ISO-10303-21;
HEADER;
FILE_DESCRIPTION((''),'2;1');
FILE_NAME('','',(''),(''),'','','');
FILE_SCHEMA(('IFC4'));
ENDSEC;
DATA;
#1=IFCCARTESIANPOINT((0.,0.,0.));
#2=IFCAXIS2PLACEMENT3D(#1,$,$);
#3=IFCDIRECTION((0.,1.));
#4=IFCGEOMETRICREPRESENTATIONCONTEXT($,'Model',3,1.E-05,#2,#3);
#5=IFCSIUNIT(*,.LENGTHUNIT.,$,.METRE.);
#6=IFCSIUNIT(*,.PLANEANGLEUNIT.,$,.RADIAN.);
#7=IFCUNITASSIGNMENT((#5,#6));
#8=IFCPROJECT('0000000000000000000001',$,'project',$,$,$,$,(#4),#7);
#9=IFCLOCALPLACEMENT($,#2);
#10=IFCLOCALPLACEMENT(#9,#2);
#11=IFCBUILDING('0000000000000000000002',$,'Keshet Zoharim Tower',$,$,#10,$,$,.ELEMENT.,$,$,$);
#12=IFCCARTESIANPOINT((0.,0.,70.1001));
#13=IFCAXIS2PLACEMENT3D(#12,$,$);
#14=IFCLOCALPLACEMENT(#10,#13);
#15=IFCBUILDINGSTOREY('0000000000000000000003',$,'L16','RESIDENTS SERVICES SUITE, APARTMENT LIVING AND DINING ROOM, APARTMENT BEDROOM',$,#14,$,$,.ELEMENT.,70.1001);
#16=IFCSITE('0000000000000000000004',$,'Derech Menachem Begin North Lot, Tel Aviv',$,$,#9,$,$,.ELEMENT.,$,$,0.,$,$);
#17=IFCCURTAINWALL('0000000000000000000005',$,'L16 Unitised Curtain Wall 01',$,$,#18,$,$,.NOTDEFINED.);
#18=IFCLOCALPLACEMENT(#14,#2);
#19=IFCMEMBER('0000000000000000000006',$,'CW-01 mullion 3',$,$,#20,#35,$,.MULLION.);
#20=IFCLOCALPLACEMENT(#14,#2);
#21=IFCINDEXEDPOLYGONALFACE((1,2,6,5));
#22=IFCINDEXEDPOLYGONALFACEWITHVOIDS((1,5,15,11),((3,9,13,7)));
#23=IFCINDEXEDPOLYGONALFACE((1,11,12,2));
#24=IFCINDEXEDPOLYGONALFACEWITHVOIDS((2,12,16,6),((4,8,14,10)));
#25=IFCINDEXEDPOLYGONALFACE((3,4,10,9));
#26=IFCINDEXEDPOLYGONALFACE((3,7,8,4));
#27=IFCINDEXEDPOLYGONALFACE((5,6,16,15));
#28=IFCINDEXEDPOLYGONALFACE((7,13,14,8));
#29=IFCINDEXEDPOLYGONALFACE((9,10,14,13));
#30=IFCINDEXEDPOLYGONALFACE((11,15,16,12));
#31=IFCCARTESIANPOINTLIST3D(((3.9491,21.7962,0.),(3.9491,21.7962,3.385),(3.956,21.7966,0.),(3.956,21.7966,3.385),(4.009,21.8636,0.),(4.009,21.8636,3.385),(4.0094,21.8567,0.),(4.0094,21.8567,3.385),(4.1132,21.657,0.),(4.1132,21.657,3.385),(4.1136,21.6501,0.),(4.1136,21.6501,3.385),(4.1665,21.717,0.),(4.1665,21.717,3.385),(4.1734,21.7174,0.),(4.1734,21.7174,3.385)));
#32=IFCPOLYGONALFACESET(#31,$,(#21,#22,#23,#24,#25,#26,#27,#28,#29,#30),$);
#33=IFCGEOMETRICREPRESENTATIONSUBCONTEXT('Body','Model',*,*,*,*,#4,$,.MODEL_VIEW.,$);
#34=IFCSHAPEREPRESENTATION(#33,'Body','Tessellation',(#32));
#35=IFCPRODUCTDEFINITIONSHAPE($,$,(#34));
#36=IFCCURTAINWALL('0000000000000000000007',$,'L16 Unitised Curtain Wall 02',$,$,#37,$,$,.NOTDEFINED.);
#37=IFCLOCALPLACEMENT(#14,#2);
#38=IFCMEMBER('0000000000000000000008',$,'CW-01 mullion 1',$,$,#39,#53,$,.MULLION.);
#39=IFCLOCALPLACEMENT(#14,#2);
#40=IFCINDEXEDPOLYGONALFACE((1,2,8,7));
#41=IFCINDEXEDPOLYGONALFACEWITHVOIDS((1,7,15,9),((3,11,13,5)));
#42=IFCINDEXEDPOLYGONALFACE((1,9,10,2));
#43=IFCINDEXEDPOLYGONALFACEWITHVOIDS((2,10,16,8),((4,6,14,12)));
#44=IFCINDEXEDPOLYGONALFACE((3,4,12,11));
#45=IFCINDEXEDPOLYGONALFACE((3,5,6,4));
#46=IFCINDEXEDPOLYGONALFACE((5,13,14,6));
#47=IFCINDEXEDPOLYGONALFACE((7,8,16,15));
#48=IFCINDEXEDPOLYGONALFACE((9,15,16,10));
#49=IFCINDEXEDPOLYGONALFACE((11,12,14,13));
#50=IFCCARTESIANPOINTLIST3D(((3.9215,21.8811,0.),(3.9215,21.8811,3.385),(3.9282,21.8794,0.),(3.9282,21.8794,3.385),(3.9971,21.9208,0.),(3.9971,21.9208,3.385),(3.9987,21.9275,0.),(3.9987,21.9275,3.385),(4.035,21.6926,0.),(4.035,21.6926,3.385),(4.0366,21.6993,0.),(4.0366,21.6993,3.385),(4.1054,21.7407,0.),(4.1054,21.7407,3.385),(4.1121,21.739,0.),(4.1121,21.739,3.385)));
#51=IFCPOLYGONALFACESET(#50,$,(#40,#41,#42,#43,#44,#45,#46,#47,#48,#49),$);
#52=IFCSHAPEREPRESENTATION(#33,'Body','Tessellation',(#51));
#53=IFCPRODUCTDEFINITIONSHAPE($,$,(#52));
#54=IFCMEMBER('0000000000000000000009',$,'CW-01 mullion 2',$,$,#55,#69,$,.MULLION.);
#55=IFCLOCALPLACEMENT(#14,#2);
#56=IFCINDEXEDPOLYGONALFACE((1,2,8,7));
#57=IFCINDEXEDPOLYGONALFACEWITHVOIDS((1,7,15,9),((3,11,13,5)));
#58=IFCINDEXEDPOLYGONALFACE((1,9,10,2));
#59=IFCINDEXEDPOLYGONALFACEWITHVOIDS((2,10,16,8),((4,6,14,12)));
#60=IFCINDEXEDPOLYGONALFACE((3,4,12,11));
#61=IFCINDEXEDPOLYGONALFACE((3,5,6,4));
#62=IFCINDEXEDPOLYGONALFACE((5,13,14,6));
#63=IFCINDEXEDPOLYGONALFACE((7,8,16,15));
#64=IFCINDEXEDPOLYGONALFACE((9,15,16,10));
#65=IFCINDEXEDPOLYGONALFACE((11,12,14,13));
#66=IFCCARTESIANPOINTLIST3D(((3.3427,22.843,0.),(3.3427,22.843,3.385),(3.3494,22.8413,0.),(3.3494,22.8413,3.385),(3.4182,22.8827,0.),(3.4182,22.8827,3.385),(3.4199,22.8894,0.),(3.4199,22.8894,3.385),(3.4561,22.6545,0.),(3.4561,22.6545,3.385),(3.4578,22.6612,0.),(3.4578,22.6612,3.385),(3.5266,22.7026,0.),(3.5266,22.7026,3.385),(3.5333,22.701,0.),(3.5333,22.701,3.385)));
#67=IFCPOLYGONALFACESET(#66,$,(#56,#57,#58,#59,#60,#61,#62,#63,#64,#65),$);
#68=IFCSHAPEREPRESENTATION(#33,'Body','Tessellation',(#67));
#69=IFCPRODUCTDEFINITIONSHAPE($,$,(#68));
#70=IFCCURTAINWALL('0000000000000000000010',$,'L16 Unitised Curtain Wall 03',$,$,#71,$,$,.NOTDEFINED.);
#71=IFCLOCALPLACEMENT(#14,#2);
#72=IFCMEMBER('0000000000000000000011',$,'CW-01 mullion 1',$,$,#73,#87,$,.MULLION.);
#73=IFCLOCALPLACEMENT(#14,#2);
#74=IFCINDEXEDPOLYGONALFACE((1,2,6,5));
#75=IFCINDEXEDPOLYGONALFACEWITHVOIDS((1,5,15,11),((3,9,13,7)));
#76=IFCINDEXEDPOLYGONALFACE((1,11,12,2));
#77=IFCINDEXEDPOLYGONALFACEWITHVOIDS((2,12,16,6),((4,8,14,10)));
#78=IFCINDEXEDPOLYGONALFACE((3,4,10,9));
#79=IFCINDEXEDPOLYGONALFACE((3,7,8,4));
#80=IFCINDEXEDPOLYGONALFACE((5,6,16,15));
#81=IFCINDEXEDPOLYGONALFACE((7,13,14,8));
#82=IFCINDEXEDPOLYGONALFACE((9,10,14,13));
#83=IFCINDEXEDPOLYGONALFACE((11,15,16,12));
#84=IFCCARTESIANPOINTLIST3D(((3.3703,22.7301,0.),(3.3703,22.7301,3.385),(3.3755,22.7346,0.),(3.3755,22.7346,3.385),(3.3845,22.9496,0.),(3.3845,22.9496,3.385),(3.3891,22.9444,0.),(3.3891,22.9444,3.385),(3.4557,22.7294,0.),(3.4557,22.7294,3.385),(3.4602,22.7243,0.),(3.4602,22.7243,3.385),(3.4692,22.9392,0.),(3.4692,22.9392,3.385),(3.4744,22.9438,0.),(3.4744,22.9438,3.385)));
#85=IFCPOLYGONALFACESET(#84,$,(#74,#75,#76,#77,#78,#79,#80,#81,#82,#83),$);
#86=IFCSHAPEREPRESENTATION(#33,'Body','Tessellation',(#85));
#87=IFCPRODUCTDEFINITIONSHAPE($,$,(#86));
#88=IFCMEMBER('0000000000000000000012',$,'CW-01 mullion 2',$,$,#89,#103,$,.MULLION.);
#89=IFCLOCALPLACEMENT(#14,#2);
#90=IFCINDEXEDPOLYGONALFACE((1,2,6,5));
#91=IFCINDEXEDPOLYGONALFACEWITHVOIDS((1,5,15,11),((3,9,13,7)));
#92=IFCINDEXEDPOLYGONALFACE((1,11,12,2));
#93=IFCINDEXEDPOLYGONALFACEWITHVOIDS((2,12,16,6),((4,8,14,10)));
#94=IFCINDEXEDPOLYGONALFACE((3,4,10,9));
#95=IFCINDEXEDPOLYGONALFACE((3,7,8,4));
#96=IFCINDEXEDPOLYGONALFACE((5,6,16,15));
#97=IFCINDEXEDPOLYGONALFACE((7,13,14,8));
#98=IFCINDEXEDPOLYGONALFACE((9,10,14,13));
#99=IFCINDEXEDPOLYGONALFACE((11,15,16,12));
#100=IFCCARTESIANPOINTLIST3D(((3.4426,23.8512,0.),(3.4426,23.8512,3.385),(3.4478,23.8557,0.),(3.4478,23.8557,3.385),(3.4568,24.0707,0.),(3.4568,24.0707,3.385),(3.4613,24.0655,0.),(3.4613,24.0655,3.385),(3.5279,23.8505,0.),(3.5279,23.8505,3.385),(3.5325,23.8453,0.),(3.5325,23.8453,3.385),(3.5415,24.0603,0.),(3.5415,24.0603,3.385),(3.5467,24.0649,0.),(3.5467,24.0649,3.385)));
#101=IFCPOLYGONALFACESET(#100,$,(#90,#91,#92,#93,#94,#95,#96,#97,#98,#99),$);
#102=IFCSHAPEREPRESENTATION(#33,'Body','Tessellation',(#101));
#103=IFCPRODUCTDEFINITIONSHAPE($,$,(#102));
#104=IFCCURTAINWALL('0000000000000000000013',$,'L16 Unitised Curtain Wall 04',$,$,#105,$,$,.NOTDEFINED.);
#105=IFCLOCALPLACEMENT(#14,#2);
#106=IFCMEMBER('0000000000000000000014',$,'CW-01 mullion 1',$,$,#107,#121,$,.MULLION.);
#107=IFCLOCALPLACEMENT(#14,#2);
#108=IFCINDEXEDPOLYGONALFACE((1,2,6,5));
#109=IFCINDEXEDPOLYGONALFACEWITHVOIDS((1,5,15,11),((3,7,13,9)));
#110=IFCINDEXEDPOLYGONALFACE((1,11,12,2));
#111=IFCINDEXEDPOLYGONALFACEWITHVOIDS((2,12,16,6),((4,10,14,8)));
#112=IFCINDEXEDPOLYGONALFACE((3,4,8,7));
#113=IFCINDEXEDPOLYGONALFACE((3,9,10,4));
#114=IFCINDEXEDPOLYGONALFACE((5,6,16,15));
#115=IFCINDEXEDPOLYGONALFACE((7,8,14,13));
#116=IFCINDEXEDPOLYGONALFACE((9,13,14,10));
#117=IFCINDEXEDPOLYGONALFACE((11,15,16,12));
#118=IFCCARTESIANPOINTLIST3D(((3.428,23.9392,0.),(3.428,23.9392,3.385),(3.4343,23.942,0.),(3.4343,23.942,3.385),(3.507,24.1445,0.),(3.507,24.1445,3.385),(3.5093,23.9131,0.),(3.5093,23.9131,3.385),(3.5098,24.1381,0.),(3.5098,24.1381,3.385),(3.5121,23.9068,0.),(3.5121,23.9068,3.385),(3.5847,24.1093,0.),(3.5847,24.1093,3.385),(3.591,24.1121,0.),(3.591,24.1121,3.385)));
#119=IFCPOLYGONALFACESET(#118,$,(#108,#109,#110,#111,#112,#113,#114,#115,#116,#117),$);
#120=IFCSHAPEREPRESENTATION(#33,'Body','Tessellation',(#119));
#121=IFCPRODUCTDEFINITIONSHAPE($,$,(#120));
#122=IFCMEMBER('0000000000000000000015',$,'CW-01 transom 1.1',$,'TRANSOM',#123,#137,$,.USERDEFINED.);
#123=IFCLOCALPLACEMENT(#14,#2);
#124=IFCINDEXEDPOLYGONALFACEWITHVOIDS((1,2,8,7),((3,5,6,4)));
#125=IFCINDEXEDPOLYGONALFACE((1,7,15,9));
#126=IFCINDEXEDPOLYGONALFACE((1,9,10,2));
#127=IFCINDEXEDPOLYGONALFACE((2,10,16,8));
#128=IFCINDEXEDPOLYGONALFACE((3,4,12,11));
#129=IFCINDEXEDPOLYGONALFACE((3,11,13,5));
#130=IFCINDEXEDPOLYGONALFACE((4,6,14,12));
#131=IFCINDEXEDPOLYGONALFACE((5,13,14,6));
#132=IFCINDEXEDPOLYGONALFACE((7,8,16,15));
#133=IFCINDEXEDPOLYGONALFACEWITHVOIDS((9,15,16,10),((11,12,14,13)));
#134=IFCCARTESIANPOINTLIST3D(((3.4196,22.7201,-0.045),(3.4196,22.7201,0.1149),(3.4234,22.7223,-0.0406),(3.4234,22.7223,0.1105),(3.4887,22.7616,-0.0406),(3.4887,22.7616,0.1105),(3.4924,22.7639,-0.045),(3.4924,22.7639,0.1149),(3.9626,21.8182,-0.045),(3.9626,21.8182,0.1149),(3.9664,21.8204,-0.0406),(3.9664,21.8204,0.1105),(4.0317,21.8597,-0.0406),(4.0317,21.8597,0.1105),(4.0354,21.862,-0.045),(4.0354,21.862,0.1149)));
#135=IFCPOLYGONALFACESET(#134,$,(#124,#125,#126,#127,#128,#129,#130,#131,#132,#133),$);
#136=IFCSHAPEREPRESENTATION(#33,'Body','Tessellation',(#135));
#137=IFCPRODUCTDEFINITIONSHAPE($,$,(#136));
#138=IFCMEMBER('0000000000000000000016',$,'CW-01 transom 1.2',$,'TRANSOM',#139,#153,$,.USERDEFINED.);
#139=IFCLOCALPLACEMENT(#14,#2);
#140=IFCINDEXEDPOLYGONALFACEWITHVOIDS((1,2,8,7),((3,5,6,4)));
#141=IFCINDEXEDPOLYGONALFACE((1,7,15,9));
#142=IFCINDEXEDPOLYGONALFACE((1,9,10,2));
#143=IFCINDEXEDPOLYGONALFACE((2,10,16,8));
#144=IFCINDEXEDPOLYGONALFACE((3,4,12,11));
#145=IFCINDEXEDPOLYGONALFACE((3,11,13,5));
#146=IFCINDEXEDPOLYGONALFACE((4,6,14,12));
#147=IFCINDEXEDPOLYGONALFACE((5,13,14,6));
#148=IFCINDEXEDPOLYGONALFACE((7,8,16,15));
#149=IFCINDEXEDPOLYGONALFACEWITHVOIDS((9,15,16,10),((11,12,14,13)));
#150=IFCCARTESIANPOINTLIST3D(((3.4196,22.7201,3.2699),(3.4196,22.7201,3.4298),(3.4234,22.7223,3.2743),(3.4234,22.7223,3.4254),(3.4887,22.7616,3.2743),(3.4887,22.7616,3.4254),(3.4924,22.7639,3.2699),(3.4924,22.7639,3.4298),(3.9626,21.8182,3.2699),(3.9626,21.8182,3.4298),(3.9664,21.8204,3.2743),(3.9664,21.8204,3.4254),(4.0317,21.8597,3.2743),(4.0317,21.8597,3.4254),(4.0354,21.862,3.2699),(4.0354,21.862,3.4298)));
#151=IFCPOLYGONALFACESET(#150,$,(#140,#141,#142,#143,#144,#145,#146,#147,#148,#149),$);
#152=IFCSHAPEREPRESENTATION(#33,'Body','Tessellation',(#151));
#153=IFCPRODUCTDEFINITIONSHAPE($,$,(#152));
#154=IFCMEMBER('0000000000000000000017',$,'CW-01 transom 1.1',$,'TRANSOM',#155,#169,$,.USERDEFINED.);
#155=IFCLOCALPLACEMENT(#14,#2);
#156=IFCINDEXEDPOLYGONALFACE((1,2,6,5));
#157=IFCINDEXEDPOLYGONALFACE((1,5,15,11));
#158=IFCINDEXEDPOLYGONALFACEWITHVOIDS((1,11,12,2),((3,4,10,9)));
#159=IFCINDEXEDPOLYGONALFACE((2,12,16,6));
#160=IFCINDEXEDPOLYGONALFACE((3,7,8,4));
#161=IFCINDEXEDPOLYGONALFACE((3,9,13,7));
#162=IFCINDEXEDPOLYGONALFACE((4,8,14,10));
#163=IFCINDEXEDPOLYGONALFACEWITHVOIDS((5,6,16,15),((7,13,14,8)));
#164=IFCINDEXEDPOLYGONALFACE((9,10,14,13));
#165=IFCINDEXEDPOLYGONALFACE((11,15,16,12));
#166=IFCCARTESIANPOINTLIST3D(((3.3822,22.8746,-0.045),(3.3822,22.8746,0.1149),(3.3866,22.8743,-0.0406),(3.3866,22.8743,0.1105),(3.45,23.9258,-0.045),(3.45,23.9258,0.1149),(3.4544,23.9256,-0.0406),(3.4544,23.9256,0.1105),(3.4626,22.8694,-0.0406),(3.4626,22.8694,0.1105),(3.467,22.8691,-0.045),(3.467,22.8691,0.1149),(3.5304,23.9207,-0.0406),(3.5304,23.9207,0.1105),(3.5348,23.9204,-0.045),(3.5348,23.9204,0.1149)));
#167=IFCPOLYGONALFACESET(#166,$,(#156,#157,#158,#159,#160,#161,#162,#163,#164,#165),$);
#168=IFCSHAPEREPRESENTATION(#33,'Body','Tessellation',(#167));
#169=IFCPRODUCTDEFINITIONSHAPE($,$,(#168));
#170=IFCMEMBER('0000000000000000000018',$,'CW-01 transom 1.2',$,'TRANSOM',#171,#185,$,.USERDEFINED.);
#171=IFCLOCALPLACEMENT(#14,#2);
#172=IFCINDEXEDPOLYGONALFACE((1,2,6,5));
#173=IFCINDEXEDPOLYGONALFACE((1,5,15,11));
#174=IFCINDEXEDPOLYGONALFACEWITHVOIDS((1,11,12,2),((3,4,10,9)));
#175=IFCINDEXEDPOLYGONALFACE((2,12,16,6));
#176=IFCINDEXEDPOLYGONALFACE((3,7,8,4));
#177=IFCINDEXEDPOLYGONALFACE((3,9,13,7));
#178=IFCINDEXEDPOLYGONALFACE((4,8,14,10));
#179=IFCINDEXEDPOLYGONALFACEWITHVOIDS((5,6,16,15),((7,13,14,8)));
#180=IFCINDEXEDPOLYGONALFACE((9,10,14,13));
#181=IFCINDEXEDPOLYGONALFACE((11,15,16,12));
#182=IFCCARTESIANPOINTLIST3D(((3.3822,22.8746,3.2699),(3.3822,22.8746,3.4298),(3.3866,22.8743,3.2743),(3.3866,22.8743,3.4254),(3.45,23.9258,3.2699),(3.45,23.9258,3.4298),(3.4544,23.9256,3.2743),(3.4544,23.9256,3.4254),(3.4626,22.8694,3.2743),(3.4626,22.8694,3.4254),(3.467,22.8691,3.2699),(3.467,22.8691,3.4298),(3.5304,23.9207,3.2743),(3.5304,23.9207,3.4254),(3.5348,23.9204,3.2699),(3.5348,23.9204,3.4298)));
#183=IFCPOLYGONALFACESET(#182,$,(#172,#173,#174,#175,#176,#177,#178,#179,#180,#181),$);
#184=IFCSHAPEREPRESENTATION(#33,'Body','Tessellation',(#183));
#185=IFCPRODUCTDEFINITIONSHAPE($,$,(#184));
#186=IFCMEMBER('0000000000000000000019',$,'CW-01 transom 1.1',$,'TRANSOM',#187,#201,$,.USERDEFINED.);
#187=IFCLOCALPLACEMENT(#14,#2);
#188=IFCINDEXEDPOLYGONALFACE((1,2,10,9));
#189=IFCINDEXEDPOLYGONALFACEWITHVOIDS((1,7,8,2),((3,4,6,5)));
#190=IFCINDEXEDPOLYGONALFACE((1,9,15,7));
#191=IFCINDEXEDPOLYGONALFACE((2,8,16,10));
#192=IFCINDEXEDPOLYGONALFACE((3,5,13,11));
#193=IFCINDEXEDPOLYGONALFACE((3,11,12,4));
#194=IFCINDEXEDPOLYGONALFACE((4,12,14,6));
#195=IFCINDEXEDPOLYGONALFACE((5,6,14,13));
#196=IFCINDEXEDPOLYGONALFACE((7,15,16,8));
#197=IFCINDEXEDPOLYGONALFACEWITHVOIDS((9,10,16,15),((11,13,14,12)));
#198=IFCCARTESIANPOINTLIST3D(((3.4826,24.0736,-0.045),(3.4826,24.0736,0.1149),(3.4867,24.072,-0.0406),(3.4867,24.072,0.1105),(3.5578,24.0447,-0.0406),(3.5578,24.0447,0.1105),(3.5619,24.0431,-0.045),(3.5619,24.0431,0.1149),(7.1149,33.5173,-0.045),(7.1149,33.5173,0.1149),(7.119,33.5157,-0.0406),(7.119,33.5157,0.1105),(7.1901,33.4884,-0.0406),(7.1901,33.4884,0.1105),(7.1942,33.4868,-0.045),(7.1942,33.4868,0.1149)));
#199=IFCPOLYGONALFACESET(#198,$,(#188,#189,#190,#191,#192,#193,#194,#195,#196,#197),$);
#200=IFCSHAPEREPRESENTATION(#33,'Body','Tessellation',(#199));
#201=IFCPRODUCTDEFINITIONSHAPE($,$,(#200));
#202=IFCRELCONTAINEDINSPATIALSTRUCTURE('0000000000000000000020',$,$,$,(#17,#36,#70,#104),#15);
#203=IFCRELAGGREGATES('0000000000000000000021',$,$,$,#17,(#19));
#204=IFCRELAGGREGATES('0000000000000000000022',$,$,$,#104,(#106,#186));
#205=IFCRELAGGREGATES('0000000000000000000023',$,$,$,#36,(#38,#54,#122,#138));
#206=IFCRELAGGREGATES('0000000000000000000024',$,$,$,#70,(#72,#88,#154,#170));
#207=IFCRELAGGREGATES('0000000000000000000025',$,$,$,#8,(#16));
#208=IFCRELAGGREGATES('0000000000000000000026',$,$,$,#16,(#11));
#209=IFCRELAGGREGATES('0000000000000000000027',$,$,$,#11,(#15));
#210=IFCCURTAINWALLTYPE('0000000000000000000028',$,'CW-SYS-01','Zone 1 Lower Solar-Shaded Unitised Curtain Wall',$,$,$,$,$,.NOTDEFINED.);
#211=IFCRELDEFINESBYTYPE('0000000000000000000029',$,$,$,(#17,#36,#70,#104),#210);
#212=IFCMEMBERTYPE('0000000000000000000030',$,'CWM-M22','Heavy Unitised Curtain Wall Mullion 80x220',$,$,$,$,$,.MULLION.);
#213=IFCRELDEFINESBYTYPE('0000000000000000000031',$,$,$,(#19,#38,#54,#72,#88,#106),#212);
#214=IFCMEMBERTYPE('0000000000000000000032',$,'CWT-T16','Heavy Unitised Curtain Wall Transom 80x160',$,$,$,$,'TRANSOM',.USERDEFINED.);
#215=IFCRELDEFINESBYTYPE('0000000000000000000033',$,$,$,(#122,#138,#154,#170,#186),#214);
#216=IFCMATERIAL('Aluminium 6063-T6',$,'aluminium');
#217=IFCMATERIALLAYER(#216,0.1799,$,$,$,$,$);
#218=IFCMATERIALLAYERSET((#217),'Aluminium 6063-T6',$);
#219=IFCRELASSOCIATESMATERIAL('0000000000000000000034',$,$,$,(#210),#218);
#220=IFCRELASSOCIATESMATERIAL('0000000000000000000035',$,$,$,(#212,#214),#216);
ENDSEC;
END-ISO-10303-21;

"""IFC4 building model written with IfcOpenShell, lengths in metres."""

from ifc_helpers import new_model, si_unit, direction, frame, origin, origin_2d, place, context, subcontext, project, spatial, hollow_rectangle, extrude, material, layer, layer_set, material_profile, profile_set, type_object, element, aggregate, save


model = new_model("IFC4")

# Units and contexts
model_context = context("Model", 3, precision=1e-05, world=origin(), true_north=direction((0.0, 1.0)))
body_context = subcontext(model_context, "Body", "Model", "MODEL_VIEW")
ifc_project = project(units=[si_unit("LENGTHUNIT", "METRE"), si_unit("PLANEANGLEUNIT", "RADIAN")], contexts=[model_context])

# Site, building, storey
site_placement = place(None, origin())
site = spatial("IfcSite", under=ifc_project, at=site_placement, Name="Derech Menachem Begin North Lot, Tel Aviv", CompositionType="ELEMENT", RefElevation=0.0)
building_placement = place(site_placement, origin())
building = spatial("IfcBuilding", under=site, at=building_placement, Name="Keshet Zoharim Tower", CompositionType="ELEMENT")
storey_placement = place(building_placement, frame((0.0, 0.0, 70.1001)))
storey = spatial("IfcBuildingStorey", under=building, at=storey_placement, Name="L16", Description="RESIDENTS SERVICES SUITE, APARTMENT LIVING AND DINING ROOM, APARTMENT BEDROOM", CompositionType="ELEMENT", Elevation=70.1001)

# Curtain wall, member
ifc_material_1 = material(Name="Aluminium 6063-T6", Category="aluminium")
ifc_layer_1 = layer(ifc_material_1, 0.1799)
ifc_layer_set_1 = layer_set([ifc_layer_1], Name="Aluminium 6063-T6")
curtain_wall_type = type_object("IfcCurtainWallType", Name="CW-SYS-01", Description="Zone 1 Lower Solar-Shaded Unitised Curtain Wall", PredefinedType="NOTDEFINED", material=ifc_layer_set_1)
curtain_wall_1_placement = place(storey_placement, origin())
curtain_wall_1 = element("IfcCurtainWall", 1, at=curtain_wall_1_placement, inside=storey, type_object=curtain_wall_type, Name="L16 Unitised Curtain Wall 01", PredefinedType="NOTDEFINED")
ifc_material_profile_1 = material_profile(ifc_material_1, hollow_rectangle(XDim=0.0901, YDim=0.22, WallThickness=0.0049, at=origin_2d()), Name="MUL-90x220")
ifc_profile_set_1 = profile_set([ifc_material_profile_1], Name="Aluminium 6063-T6")
member_type_1 = type_object("IfcMemberType", Name="CWM-M22", Description="Heavy Unitised Curtain Wall Mullion 80x220", PredefinedType="MULLION", material=ifc_profile_set_1)
member_1_placement = place(storey_placement, frame((4.0613, 21.7568, 0.0), z_axis=(0.0, 0.0, 1.0), x_axis=(-0.664364, -0.747409, 0.0)))
member_1 = element("IfcMember", 2, at=member_1_placement, type_object=member_type_1, Name="CW-01 mullion 3", PredefinedType="MULLION", context=body_context, shape_type="SweptSolid", body=[
    extrude(hollow_rectangle(XDim=0.0901, YDim=0.22, WallThickness=0.0049, at=origin_2d()), origin(), (0.0, 0.0, 1.0), 3.385),
])
aggregate(curtain_wall_1, [member_1])

# Curtain walls, members
curtain_wall_2_placement = place(storey_placement, origin())
curtain_wall_2 = element("IfcCurtainWall", 3, at=curtain_wall_2_placement, inside=storey, type_object=curtain_wall_type, Name="L16 Unitised Curtain Wall 02", PredefinedType="NOTDEFINED")
member_2_placement = place(storey_placement, frame((4.0168, 21.8101, 0.0), z_axis=(0.0, 0.0, 1.0), x_axis=(-0.856826, -0.515605, 0.0)))
member_2 = element("IfcMember", 4, at=member_2_placement, type_object=member_type_1, Name="CW-01 mullion 1", PredefinedType="MULLION", context=body_context, shape_type="SweptSolid", body=[
    extrude(hollow_rectangle(XDim=0.0901, YDim=0.22, WallThickness=0.0049, at=origin_2d()), origin(), (0.0, 0.0, 1.0), 3.385),
])
member_3_placement = place(storey_placement, frame((3.438, 22.772, 0.0), z_axis=(0.0, 0.0, 1.0), x_axis=(-0.856826, -0.515605, 0.0)))
member_3 = element("IfcMember", 5, at=member_3_placement, type_object=member_type_1, Name="CW-01 mullion 2", PredefinedType="MULLION", context=body_context, shape_type="SweptSolid", body=[
    extrude(hollow_rectangle(XDim=0.0901, YDim=0.22, WallThickness=0.0049, at=origin_2d()), origin(), (0.0, 0.0, 1.0), 3.385),
])
curtain_wall_3_placement = place(storey_placement, origin())
curtain_wall_3 = element("IfcCurtainWall", 6, at=curtain_wall_3_placement, inside=storey, type_object=curtain_wall_type, Name="L16 Unitised Curtain Wall 03", PredefinedType="NOTDEFINED")
member_4_placement = place(storey_placement, frame((3.4224, 22.8369, 0.0), z_axis=(0.0, 0.0, 1.0), x_axis=(-0.997917, 0.064517, 0.0)))
member_4 = element("IfcMember", 7, at=member_4_placement, type_object=member_type_1, Name="CW-01 mullion 1", PredefinedType="MULLION", context=body_context, shape_type="SweptSolid", body=[
    extrude(hollow_rectangle(XDim=0.0901, YDim=0.22, WallThickness=0.0049, at=origin_2d()), origin(), (0.0, 0.0, 1.0), 3.385),
])
member_5_placement = place(storey_placement, frame((3.4946, 23.958, 0.0), z_axis=(0.0, 0.0, 1.0), x_axis=(-0.997917, 0.064517, 0.0)))
member_5 = element("IfcMember", 8, at=member_5_placement, type_object=member_type_1, Name="CW-01 mullion 2", PredefinedType="MULLION", context=body_context, shape_type="SweptSolid", body=[
    extrude(hollow_rectangle(XDim=0.0901, YDim=0.22, WallThickness=0.0049, at=origin_2d()), origin(), (0.0, 0.0, 1.0), 3.385),
])

# Curtain wall, member
curtain_wall_4_placement = place(storey_placement, origin())
curtain_wall_4 = element("IfcCurtainWall", 9, at=curtain_wall_4_placement, inside=storey, type_object=curtain_wall_type, Name="L16 Unitised Curtain Wall 04", PredefinedType="NOTDEFINED")
member_6_placement = place(storey_placement, frame((3.5095, 24.0256, 0.0), z_axis=(0.0, 0.0, 1.0), x_axis=(-0.933341, 0.35899, 0.0)))
member_6 = element("IfcMember", 10, at=member_6_placement, type_object=member_type_1, Name="CW-01 mullion 1", PredefinedType="MULLION", context=body_context, shape_type="SweptSolid", body=[
    extrude(hollow_rectangle(XDim=0.0901, YDim=0.22, WallThickness=0.0049, at=origin_2d()), origin(), (0.0, 0.0, 1.0), 3.385),
])

# Members
ifc_material_profile_2 = material_profile(ifc_material_1, hollow_rectangle(XDim=0.085, YDim=0.1599, WallThickness=0.0044, at=origin_2d()), Name="TRN-85x160")
ifc_profile_set_2 = profile_set([ifc_material_profile_2], Name="Aluminium 6063-T6")
member_type_2 = type_object("IfcMemberType", Name="CWT-T16", Description="Heavy Unitised Curtain Wall Transom 80x160", ElementType="TRANSOM", PredefinedType="USERDEFINED", material=ifc_profile_set_2)
member_7_placement = place(storey_placement, frame((3.999, 21.8401, 0.0349), z_axis=(-0.515791, 0.856714, 0.0), x_axis=(-0.856714, -0.515791, 0.0)))
member_7 = element("IfcMember", 11, at=member_7_placement, type_object=member_type_2, Name="CW-01 transom 1.1", ObjectType="TRANSOM", PredefinedType="USERDEFINED", context=body_context, shape_type="SweptSolid", body=[
    extrude(hollow_rectangle(XDim=0.085, YDim=0.1599, WallThickness=0.0044, at=origin_2d()), origin(), (0.0, 0.0, 1.0), 1.0527),
])
member_8_placement = place(storey_placement, frame((3.999, 21.8401, 3.3499), z_axis=(-0.515791, 0.856714, 0.0), x_axis=(-0.856714, -0.515791, 0.0)))
member_8 = element("IfcMember", 12, at=member_8_placement, type_object=member_type_2, Name="CW-01 transom 1.2", ObjectType="TRANSOM", PredefinedType="USERDEFINED", context=body_context, shape_type="SweptSolid", body=[
    extrude(hollow_rectangle(XDim=0.085, YDim=0.1599, WallThickness=0.0044, at=origin_2d()), origin(), (0.0, 0.0, 1.0), 1.0527),
])
member_9_placement = place(storey_placement, frame((3.4246, 22.8718, 0.0349), z_axis=(0.064427, 0.997922, 0.0), x_axis=(-0.997922, 0.064427, 0.0)))
member_9 = element("IfcMember", 13, at=member_9_placement, type_object=member_type_2, Name="CW-01 transom 1.1", ObjectType="TRANSOM", PredefinedType="USERDEFINED", context=body_context, shape_type="SweptSolid", body=[
    extrude(hollow_rectangle(XDim=0.085, YDim=0.1599, WallThickness=0.0044, at=origin_2d()), origin(), (0.0, 0.0, 1.0), 1.0535),
])
member_10_placement = place(storey_placement, frame((3.4246, 22.8718, 3.3499), z_axis=(0.064427, 0.997922, 0.0), x_axis=(-0.997922, 0.064427, 0.0)))
member_10 = element("IfcMember", 14, at=member_10_placement, type_object=member_type_2, Name="CW-01 transom 1.2", ObjectType="TRANSOM", PredefinedType="USERDEFINED", context=body_context, shape_type="SweptSolid", body=[
    extrude(hollow_rectangle(XDim=0.085, YDim=0.1599, WallThickness=0.0044, at=origin_2d()), origin(), (0.0, 0.0, 1.0), 1.0535),
])
member_11_placement = place(storey_placement, frame((3.5222, 24.0583, 0.0349), z_axis=(0.358994, 0.93334, 0.0), x_axis=(-0.93334, 0.358994, 0.0)))
member_11 = element("IfcMember", 15, at=member_11_placement, type_object=member_type_2, Name="CW-01 transom 1.1", ObjectType="TRANSOM", PredefinedType="USERDEFINED", context=body_context, shape_type="SweptSolid", body=[
    extrude(hollow_rectangle(XDim=0.085, YDim=0.1599, WallThickness=0.0044, at=origin_2d()), origin(), (0.0, 0.0, 1.0), 10.1182),
])
aggregate(curtain_wall_4, [member_6, member_11])

aggregate(curtain_wall_2, [member_2, member_3, member_7, member_8])
aggregate(curtain_wall_3, [member_4, member_5, member_9, member_10])

save(model, "model.ifc")
